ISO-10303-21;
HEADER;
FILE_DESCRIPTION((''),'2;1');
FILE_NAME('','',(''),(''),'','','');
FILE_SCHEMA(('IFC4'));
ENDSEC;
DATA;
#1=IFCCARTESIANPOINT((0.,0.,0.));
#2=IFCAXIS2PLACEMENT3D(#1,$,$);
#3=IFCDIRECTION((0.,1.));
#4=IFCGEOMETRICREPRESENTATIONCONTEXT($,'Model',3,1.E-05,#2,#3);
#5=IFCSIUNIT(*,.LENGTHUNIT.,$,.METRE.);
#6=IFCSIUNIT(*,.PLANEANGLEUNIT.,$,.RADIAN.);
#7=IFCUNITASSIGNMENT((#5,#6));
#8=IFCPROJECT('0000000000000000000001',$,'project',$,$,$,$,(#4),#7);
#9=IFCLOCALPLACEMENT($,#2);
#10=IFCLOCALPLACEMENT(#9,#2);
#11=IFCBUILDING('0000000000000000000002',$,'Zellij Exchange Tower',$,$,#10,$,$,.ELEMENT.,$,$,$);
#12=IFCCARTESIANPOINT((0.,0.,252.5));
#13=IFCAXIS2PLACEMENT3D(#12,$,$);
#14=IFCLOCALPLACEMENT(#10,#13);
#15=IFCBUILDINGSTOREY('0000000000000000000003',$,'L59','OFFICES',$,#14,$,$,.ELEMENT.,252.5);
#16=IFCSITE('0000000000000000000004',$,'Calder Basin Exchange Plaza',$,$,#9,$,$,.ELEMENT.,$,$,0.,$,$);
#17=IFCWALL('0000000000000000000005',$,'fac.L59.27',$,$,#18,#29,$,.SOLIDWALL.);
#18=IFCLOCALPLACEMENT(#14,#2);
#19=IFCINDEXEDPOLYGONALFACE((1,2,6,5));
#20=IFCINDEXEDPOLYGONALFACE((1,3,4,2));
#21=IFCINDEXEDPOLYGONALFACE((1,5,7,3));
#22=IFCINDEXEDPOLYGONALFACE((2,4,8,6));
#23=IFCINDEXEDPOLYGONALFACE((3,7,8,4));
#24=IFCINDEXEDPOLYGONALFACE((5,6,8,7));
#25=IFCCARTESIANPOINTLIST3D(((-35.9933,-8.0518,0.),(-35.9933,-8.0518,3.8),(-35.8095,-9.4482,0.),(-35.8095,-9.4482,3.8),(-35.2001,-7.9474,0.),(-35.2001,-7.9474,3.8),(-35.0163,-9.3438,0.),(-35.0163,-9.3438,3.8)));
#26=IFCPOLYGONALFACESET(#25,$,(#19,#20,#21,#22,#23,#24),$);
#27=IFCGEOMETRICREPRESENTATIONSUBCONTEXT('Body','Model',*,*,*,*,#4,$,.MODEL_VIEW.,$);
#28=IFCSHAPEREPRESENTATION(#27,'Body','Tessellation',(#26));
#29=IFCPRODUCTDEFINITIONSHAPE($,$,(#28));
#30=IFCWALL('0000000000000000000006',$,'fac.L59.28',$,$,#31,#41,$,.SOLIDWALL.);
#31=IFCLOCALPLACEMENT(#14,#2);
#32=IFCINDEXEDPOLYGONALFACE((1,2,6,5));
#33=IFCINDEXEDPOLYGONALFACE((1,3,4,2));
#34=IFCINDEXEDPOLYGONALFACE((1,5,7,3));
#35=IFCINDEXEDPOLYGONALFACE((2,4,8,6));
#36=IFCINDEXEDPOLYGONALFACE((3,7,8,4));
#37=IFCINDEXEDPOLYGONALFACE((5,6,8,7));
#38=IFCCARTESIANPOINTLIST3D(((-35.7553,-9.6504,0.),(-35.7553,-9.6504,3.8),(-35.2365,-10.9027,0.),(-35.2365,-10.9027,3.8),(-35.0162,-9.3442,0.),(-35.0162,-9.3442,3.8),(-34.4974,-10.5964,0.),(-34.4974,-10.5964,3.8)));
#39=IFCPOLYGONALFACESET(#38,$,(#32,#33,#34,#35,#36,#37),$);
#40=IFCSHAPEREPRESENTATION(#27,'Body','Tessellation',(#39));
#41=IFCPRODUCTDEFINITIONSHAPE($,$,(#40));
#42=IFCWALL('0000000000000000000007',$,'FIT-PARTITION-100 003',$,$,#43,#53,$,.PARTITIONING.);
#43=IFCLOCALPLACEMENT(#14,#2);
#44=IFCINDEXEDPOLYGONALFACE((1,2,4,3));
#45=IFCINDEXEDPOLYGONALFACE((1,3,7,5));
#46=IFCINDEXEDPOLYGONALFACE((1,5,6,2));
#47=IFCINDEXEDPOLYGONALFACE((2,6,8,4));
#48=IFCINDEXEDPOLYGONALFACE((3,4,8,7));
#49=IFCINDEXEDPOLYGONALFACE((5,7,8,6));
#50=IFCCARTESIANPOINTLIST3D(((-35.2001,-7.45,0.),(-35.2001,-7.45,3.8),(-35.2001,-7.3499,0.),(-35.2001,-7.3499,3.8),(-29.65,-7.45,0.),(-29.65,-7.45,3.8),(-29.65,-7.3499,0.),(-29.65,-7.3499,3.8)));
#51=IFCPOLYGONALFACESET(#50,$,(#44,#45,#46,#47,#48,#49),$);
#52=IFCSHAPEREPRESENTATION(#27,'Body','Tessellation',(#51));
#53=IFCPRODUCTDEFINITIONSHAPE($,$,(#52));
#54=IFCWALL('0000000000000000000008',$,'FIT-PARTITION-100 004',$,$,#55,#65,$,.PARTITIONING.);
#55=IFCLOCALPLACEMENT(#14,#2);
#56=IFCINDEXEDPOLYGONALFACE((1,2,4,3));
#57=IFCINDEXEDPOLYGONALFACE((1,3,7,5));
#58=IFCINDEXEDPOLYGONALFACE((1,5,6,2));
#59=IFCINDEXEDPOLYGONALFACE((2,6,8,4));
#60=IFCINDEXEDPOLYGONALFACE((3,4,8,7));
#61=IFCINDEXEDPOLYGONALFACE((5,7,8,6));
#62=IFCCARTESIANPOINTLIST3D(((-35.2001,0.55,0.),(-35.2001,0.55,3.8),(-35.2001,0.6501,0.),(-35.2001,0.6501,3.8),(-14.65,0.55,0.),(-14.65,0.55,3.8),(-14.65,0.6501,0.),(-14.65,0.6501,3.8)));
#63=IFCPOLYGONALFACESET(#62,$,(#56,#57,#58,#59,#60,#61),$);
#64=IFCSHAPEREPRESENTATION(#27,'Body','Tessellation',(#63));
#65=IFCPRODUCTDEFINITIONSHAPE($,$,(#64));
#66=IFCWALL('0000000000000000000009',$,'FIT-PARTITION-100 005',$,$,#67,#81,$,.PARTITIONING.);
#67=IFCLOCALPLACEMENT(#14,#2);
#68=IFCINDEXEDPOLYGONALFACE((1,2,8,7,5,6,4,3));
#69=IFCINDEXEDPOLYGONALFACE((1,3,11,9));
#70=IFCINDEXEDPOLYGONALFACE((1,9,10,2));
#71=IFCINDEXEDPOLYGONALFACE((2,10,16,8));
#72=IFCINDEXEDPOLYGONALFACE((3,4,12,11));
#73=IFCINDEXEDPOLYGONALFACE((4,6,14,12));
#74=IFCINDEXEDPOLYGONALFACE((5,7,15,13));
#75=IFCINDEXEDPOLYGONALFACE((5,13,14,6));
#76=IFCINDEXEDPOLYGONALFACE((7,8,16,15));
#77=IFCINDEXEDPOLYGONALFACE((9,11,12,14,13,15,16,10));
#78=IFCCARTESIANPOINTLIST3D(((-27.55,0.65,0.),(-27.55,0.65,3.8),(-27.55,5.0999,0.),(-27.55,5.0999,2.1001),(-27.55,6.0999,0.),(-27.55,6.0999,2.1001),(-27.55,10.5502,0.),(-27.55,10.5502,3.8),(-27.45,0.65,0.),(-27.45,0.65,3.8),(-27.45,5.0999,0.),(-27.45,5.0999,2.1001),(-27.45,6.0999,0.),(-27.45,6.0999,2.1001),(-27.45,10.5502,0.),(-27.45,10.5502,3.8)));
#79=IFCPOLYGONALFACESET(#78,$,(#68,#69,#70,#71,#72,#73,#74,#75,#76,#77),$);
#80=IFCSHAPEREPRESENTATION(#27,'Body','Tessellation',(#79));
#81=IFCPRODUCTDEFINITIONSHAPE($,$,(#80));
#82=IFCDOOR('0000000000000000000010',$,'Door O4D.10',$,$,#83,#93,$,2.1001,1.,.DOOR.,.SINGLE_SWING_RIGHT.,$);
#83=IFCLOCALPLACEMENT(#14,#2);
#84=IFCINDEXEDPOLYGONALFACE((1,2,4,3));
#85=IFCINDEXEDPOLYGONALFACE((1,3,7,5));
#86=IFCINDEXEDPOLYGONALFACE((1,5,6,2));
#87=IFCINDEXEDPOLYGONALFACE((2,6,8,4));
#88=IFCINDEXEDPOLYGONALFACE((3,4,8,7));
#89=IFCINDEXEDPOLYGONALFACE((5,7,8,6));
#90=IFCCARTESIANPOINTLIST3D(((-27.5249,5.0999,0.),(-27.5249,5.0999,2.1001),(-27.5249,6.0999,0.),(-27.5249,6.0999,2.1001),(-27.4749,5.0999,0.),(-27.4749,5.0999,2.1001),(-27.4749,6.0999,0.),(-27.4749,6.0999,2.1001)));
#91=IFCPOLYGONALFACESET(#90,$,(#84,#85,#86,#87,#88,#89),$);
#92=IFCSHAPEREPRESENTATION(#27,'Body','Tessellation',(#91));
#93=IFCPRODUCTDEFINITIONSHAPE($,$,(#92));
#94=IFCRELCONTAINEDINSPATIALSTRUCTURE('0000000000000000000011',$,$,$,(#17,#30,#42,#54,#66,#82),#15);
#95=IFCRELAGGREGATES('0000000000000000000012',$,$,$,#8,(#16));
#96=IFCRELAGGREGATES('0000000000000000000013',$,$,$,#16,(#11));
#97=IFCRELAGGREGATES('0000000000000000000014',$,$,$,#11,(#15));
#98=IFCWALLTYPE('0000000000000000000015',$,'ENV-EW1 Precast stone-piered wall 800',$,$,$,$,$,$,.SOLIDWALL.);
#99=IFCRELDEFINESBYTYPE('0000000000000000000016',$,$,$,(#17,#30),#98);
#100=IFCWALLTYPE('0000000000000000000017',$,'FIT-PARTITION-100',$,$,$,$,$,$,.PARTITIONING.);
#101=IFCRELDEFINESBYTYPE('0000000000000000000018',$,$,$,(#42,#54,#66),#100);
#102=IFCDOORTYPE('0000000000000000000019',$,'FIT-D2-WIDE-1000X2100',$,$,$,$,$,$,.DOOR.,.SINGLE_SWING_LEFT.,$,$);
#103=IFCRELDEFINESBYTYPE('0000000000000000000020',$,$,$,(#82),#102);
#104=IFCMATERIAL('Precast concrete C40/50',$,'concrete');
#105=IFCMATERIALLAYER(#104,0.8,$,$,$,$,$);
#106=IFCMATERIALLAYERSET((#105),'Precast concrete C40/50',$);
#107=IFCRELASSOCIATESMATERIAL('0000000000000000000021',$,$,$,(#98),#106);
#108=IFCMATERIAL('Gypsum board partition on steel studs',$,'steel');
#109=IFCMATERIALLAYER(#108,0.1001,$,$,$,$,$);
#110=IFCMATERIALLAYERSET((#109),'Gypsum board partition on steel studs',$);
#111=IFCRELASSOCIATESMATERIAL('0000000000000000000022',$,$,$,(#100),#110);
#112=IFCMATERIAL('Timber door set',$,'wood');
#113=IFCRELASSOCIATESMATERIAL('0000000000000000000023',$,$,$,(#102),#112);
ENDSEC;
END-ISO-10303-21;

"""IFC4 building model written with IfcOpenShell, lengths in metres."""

from ifc_helpers import new_model, si_unit, direction, frame, frame_2d, origin, place, context, subcontext, project, spatial, rectangle, extrude, material, layer, layer_set, type_object, element, fill, save


model = new_model("IFC4")

# Units and contexts
model_context = context("Model", 3, precision=1e-05, world=origin(), true_north=direction((0.0, 1.0)))
body_context = subcontext(model_context, "Body", "Model", "MODEL_VIEW")
ifc_project = project(units=[si_unit("LENGTHUNIT", "METRE"), si_unit("PLANEANGLEUNIT", "RADIAN")], contexts=[model_context])

# Site, building, storey
site_placement = place(None, origin())
site = spatial("IfcSite", under=ifc_project, at=site_placement, Name="Calder Basin Exchange Plaza", CompositionType="ELEMENT", RefElevation=0.0)
building_placement = place(site_placement, origin())
building = spatial("IfcBuilding", under=site, at=building_placement, Name="Zellij Exchange Tower", CompositionType="ELEMENT")
storey_placement = place(building_placement, frame((0.0, 0.0, 252.5)))
storey = spatial("IfcBuildingStorey", under=building, at=storey_placement, Name="L59", Description="OFFICES", CompositionType="ELEMENT", Elevation=252.5)

# Walls
ifc_material_1 = material(Name="Precast concrete C40/50", Category="concrete")
ifc_layer_1 = layer(ifc_material_1, 0.8)
ifc_layer_set_1 = layer_set([ifc_layer_1], Name="Precast concrete C40/50")
wall_type_1 = type_object("IfcWallType", Name="ENV-EW1 Precast stone-piered wall 800", PredefinedType="SOLIDWALL", material=ifc_layer_set_1)
wall_1_placement = place(storey_placement, frame((-35.5967, -7.9998, 0.0), z_axis=(0.0, 0.0, 1.0), x_axis=(0.130517, -0.991446, 0.0)))
element("IfcWall", 1, at=wall_1_placement, inside=storey, type_object=wall_type_1, Name="fac.L59.27", PredefinedType="SOLIDWALL", context=body_context, shape_type="SweptSolid", body=[
    extrude(rectangle(XDim=1.4084, YDim=0.8, at=frame_2d((0.7041, 0.0))), origin(), (0.0, 0.0, 1.0), 3.8),
])
wall_2_placement = place(storey_placement, frame((-35.3857, -9.4973, 0.0), z_axis=(0.0, 0.0, 1.0), x_axis=(0.38276, -0.923848, 0.0)))
element("IfcWall", 2, at=wall_2_placement, inside=storey, type_object=wall_type_1, Name="fac.L59.28", PredefinedType="SOLIDWALL", context=body_context, shape_type="SweptSolid", body=[
    extrude(rectangle(XDim=1.3555, YDim=0.8, at=frame_2d((0.6777, 0.0))), origin(), (0.0, 0.0, 1.0), 3.8),
])
ifc_material_2 = material(Name="Gypsum board partition on steel studs", Category="steel")
ifc_layer_2 = layer(ifc_material_2, 0.1001)
ifc_layer_set_2 = layer_set([ifc_layer_2], Name="Gypsum board partition on steel studs")
wall_type_2 = type_object("IfcWallType", Name="FIT-PARTITION-100", PredefinedType="PARTITIONING", material=ifc_layer_set_2)
wall_3_placement = place(storey_placement, frame((-35.2, -7.3999, 0.0), z_axis=(0.0, 0.0, 1.0), x_axis=(1.0, 0.0, 0.0)))
element("IfcWall", 3, at=wall_3_placement, inside=storey, type_object=wall_type_2, Name="FIT-PARTITION-100 003", PredefinedType="PARTITIONING", context=body_context, shape_type="SweptSolid", body=[
    extrude(rectangle(XDim=5.55, YDim=0.1001, at=frame_2d((2.7749, 0.0))), origin(), (0.0, 0.0, 1.0), 3.8),
])
wall_4_placement = place(storey_placement, frame((-35.2, 0.6001, 0.0), z_axis=(0.0, 0.0, 1.0), x_axis=(1.0, 0.0, 0.0)))
element("IfcWall", 4, at=wall_4_placement, inside=storey, type_object=wall_type_2, Name="FIT-PARTITION-100 004", PredefinedType="PARTITIONING", context=body_context, shape_type="SweptSolid", body=[
    extrude(rectangle(XDim=20.55, YDim=0.1001, at=frame_2d((10.2749, 0.0))), origin(), (0.0, 0.0, 1.0), 3.8),
])

# Wall, opening, door
wall_5_placement = place(storey_placement, frame((-27.5, 0.6499, 0.0), z_axis=(0.0, 0.0, 1.0), x_axis=(0.0, 1.0, 0.0)))
wall_5 = element("IfcWall", 5, at=wall_5_placement, inside=storey, type_object=wall_type_2, Name="FIT-PARTITION-100 005", PredefinedType="PARTITIONING", context=body_context, shape_type="SweptSolid", body=[
    extrude(rectangle(XDim=9.9001, YDim=0.1001, at=frame_2d((4.9502, 0.0))), origin(), (0.0, 0.0, 1.0), 3.8),
])
opening_1_placement = place(wall_5_placement, frame((4.45, 0.0, 0.0)))
opening_1 = element("IfcOpeningElement", 6, at=opening_1_placement, cuts=wall_5, PredefinedType="OPENING", context=body_context, shape_type="SweptSolid", body=[
    extrude(rectangle(XDim=1.0, YDim=2.1001, at=frame_2d((0.5, 1.05))), frame((0.0, 0.062, 0.0), z_axis=(0.0, -1.0, 0.0), x_axis=(1.0, 0.0, 0.0)), (0.0, 0.0, 1.0), 0.124),
])
ifc_material_3 = material(Name="Timber door set", Category="wood")
door_type_1 = type_object("IfcDoorType", Name="FIT-D2-WIDE-1000X2100", OperationType="SINGLE_SWING_LEFT", PredefinedType="DOOR", material=ifc_material_3)
door_1_placement = place(opening_1_placement, origin())
door_1 = element("IfcDoor", 7, at=door_1_placement, inside=storey, type_object=door_type_1, Name="Door O4D.10", OperationType="SINGLE_SWING_RIGHT", OverallHeight=2.1001, OverallWidth=1.0, PredefinedType="DOOR", context=body_context, shape_type="SweptSolid", body=[
    extrude(rectangle(XDim=1.0, YDim=2.1001, at=frame_2d((0.5, 1.05))), frame((0.0, 0.0249, 0.0), z_axis=(0.0, -1.0, 0.0), x_axis=(1.0, 0.0, 0.0)), (0.0, 0.0, 1.0), 0.05),
])
fill(opening_1, door_1)

save(model, "model.ifc")
